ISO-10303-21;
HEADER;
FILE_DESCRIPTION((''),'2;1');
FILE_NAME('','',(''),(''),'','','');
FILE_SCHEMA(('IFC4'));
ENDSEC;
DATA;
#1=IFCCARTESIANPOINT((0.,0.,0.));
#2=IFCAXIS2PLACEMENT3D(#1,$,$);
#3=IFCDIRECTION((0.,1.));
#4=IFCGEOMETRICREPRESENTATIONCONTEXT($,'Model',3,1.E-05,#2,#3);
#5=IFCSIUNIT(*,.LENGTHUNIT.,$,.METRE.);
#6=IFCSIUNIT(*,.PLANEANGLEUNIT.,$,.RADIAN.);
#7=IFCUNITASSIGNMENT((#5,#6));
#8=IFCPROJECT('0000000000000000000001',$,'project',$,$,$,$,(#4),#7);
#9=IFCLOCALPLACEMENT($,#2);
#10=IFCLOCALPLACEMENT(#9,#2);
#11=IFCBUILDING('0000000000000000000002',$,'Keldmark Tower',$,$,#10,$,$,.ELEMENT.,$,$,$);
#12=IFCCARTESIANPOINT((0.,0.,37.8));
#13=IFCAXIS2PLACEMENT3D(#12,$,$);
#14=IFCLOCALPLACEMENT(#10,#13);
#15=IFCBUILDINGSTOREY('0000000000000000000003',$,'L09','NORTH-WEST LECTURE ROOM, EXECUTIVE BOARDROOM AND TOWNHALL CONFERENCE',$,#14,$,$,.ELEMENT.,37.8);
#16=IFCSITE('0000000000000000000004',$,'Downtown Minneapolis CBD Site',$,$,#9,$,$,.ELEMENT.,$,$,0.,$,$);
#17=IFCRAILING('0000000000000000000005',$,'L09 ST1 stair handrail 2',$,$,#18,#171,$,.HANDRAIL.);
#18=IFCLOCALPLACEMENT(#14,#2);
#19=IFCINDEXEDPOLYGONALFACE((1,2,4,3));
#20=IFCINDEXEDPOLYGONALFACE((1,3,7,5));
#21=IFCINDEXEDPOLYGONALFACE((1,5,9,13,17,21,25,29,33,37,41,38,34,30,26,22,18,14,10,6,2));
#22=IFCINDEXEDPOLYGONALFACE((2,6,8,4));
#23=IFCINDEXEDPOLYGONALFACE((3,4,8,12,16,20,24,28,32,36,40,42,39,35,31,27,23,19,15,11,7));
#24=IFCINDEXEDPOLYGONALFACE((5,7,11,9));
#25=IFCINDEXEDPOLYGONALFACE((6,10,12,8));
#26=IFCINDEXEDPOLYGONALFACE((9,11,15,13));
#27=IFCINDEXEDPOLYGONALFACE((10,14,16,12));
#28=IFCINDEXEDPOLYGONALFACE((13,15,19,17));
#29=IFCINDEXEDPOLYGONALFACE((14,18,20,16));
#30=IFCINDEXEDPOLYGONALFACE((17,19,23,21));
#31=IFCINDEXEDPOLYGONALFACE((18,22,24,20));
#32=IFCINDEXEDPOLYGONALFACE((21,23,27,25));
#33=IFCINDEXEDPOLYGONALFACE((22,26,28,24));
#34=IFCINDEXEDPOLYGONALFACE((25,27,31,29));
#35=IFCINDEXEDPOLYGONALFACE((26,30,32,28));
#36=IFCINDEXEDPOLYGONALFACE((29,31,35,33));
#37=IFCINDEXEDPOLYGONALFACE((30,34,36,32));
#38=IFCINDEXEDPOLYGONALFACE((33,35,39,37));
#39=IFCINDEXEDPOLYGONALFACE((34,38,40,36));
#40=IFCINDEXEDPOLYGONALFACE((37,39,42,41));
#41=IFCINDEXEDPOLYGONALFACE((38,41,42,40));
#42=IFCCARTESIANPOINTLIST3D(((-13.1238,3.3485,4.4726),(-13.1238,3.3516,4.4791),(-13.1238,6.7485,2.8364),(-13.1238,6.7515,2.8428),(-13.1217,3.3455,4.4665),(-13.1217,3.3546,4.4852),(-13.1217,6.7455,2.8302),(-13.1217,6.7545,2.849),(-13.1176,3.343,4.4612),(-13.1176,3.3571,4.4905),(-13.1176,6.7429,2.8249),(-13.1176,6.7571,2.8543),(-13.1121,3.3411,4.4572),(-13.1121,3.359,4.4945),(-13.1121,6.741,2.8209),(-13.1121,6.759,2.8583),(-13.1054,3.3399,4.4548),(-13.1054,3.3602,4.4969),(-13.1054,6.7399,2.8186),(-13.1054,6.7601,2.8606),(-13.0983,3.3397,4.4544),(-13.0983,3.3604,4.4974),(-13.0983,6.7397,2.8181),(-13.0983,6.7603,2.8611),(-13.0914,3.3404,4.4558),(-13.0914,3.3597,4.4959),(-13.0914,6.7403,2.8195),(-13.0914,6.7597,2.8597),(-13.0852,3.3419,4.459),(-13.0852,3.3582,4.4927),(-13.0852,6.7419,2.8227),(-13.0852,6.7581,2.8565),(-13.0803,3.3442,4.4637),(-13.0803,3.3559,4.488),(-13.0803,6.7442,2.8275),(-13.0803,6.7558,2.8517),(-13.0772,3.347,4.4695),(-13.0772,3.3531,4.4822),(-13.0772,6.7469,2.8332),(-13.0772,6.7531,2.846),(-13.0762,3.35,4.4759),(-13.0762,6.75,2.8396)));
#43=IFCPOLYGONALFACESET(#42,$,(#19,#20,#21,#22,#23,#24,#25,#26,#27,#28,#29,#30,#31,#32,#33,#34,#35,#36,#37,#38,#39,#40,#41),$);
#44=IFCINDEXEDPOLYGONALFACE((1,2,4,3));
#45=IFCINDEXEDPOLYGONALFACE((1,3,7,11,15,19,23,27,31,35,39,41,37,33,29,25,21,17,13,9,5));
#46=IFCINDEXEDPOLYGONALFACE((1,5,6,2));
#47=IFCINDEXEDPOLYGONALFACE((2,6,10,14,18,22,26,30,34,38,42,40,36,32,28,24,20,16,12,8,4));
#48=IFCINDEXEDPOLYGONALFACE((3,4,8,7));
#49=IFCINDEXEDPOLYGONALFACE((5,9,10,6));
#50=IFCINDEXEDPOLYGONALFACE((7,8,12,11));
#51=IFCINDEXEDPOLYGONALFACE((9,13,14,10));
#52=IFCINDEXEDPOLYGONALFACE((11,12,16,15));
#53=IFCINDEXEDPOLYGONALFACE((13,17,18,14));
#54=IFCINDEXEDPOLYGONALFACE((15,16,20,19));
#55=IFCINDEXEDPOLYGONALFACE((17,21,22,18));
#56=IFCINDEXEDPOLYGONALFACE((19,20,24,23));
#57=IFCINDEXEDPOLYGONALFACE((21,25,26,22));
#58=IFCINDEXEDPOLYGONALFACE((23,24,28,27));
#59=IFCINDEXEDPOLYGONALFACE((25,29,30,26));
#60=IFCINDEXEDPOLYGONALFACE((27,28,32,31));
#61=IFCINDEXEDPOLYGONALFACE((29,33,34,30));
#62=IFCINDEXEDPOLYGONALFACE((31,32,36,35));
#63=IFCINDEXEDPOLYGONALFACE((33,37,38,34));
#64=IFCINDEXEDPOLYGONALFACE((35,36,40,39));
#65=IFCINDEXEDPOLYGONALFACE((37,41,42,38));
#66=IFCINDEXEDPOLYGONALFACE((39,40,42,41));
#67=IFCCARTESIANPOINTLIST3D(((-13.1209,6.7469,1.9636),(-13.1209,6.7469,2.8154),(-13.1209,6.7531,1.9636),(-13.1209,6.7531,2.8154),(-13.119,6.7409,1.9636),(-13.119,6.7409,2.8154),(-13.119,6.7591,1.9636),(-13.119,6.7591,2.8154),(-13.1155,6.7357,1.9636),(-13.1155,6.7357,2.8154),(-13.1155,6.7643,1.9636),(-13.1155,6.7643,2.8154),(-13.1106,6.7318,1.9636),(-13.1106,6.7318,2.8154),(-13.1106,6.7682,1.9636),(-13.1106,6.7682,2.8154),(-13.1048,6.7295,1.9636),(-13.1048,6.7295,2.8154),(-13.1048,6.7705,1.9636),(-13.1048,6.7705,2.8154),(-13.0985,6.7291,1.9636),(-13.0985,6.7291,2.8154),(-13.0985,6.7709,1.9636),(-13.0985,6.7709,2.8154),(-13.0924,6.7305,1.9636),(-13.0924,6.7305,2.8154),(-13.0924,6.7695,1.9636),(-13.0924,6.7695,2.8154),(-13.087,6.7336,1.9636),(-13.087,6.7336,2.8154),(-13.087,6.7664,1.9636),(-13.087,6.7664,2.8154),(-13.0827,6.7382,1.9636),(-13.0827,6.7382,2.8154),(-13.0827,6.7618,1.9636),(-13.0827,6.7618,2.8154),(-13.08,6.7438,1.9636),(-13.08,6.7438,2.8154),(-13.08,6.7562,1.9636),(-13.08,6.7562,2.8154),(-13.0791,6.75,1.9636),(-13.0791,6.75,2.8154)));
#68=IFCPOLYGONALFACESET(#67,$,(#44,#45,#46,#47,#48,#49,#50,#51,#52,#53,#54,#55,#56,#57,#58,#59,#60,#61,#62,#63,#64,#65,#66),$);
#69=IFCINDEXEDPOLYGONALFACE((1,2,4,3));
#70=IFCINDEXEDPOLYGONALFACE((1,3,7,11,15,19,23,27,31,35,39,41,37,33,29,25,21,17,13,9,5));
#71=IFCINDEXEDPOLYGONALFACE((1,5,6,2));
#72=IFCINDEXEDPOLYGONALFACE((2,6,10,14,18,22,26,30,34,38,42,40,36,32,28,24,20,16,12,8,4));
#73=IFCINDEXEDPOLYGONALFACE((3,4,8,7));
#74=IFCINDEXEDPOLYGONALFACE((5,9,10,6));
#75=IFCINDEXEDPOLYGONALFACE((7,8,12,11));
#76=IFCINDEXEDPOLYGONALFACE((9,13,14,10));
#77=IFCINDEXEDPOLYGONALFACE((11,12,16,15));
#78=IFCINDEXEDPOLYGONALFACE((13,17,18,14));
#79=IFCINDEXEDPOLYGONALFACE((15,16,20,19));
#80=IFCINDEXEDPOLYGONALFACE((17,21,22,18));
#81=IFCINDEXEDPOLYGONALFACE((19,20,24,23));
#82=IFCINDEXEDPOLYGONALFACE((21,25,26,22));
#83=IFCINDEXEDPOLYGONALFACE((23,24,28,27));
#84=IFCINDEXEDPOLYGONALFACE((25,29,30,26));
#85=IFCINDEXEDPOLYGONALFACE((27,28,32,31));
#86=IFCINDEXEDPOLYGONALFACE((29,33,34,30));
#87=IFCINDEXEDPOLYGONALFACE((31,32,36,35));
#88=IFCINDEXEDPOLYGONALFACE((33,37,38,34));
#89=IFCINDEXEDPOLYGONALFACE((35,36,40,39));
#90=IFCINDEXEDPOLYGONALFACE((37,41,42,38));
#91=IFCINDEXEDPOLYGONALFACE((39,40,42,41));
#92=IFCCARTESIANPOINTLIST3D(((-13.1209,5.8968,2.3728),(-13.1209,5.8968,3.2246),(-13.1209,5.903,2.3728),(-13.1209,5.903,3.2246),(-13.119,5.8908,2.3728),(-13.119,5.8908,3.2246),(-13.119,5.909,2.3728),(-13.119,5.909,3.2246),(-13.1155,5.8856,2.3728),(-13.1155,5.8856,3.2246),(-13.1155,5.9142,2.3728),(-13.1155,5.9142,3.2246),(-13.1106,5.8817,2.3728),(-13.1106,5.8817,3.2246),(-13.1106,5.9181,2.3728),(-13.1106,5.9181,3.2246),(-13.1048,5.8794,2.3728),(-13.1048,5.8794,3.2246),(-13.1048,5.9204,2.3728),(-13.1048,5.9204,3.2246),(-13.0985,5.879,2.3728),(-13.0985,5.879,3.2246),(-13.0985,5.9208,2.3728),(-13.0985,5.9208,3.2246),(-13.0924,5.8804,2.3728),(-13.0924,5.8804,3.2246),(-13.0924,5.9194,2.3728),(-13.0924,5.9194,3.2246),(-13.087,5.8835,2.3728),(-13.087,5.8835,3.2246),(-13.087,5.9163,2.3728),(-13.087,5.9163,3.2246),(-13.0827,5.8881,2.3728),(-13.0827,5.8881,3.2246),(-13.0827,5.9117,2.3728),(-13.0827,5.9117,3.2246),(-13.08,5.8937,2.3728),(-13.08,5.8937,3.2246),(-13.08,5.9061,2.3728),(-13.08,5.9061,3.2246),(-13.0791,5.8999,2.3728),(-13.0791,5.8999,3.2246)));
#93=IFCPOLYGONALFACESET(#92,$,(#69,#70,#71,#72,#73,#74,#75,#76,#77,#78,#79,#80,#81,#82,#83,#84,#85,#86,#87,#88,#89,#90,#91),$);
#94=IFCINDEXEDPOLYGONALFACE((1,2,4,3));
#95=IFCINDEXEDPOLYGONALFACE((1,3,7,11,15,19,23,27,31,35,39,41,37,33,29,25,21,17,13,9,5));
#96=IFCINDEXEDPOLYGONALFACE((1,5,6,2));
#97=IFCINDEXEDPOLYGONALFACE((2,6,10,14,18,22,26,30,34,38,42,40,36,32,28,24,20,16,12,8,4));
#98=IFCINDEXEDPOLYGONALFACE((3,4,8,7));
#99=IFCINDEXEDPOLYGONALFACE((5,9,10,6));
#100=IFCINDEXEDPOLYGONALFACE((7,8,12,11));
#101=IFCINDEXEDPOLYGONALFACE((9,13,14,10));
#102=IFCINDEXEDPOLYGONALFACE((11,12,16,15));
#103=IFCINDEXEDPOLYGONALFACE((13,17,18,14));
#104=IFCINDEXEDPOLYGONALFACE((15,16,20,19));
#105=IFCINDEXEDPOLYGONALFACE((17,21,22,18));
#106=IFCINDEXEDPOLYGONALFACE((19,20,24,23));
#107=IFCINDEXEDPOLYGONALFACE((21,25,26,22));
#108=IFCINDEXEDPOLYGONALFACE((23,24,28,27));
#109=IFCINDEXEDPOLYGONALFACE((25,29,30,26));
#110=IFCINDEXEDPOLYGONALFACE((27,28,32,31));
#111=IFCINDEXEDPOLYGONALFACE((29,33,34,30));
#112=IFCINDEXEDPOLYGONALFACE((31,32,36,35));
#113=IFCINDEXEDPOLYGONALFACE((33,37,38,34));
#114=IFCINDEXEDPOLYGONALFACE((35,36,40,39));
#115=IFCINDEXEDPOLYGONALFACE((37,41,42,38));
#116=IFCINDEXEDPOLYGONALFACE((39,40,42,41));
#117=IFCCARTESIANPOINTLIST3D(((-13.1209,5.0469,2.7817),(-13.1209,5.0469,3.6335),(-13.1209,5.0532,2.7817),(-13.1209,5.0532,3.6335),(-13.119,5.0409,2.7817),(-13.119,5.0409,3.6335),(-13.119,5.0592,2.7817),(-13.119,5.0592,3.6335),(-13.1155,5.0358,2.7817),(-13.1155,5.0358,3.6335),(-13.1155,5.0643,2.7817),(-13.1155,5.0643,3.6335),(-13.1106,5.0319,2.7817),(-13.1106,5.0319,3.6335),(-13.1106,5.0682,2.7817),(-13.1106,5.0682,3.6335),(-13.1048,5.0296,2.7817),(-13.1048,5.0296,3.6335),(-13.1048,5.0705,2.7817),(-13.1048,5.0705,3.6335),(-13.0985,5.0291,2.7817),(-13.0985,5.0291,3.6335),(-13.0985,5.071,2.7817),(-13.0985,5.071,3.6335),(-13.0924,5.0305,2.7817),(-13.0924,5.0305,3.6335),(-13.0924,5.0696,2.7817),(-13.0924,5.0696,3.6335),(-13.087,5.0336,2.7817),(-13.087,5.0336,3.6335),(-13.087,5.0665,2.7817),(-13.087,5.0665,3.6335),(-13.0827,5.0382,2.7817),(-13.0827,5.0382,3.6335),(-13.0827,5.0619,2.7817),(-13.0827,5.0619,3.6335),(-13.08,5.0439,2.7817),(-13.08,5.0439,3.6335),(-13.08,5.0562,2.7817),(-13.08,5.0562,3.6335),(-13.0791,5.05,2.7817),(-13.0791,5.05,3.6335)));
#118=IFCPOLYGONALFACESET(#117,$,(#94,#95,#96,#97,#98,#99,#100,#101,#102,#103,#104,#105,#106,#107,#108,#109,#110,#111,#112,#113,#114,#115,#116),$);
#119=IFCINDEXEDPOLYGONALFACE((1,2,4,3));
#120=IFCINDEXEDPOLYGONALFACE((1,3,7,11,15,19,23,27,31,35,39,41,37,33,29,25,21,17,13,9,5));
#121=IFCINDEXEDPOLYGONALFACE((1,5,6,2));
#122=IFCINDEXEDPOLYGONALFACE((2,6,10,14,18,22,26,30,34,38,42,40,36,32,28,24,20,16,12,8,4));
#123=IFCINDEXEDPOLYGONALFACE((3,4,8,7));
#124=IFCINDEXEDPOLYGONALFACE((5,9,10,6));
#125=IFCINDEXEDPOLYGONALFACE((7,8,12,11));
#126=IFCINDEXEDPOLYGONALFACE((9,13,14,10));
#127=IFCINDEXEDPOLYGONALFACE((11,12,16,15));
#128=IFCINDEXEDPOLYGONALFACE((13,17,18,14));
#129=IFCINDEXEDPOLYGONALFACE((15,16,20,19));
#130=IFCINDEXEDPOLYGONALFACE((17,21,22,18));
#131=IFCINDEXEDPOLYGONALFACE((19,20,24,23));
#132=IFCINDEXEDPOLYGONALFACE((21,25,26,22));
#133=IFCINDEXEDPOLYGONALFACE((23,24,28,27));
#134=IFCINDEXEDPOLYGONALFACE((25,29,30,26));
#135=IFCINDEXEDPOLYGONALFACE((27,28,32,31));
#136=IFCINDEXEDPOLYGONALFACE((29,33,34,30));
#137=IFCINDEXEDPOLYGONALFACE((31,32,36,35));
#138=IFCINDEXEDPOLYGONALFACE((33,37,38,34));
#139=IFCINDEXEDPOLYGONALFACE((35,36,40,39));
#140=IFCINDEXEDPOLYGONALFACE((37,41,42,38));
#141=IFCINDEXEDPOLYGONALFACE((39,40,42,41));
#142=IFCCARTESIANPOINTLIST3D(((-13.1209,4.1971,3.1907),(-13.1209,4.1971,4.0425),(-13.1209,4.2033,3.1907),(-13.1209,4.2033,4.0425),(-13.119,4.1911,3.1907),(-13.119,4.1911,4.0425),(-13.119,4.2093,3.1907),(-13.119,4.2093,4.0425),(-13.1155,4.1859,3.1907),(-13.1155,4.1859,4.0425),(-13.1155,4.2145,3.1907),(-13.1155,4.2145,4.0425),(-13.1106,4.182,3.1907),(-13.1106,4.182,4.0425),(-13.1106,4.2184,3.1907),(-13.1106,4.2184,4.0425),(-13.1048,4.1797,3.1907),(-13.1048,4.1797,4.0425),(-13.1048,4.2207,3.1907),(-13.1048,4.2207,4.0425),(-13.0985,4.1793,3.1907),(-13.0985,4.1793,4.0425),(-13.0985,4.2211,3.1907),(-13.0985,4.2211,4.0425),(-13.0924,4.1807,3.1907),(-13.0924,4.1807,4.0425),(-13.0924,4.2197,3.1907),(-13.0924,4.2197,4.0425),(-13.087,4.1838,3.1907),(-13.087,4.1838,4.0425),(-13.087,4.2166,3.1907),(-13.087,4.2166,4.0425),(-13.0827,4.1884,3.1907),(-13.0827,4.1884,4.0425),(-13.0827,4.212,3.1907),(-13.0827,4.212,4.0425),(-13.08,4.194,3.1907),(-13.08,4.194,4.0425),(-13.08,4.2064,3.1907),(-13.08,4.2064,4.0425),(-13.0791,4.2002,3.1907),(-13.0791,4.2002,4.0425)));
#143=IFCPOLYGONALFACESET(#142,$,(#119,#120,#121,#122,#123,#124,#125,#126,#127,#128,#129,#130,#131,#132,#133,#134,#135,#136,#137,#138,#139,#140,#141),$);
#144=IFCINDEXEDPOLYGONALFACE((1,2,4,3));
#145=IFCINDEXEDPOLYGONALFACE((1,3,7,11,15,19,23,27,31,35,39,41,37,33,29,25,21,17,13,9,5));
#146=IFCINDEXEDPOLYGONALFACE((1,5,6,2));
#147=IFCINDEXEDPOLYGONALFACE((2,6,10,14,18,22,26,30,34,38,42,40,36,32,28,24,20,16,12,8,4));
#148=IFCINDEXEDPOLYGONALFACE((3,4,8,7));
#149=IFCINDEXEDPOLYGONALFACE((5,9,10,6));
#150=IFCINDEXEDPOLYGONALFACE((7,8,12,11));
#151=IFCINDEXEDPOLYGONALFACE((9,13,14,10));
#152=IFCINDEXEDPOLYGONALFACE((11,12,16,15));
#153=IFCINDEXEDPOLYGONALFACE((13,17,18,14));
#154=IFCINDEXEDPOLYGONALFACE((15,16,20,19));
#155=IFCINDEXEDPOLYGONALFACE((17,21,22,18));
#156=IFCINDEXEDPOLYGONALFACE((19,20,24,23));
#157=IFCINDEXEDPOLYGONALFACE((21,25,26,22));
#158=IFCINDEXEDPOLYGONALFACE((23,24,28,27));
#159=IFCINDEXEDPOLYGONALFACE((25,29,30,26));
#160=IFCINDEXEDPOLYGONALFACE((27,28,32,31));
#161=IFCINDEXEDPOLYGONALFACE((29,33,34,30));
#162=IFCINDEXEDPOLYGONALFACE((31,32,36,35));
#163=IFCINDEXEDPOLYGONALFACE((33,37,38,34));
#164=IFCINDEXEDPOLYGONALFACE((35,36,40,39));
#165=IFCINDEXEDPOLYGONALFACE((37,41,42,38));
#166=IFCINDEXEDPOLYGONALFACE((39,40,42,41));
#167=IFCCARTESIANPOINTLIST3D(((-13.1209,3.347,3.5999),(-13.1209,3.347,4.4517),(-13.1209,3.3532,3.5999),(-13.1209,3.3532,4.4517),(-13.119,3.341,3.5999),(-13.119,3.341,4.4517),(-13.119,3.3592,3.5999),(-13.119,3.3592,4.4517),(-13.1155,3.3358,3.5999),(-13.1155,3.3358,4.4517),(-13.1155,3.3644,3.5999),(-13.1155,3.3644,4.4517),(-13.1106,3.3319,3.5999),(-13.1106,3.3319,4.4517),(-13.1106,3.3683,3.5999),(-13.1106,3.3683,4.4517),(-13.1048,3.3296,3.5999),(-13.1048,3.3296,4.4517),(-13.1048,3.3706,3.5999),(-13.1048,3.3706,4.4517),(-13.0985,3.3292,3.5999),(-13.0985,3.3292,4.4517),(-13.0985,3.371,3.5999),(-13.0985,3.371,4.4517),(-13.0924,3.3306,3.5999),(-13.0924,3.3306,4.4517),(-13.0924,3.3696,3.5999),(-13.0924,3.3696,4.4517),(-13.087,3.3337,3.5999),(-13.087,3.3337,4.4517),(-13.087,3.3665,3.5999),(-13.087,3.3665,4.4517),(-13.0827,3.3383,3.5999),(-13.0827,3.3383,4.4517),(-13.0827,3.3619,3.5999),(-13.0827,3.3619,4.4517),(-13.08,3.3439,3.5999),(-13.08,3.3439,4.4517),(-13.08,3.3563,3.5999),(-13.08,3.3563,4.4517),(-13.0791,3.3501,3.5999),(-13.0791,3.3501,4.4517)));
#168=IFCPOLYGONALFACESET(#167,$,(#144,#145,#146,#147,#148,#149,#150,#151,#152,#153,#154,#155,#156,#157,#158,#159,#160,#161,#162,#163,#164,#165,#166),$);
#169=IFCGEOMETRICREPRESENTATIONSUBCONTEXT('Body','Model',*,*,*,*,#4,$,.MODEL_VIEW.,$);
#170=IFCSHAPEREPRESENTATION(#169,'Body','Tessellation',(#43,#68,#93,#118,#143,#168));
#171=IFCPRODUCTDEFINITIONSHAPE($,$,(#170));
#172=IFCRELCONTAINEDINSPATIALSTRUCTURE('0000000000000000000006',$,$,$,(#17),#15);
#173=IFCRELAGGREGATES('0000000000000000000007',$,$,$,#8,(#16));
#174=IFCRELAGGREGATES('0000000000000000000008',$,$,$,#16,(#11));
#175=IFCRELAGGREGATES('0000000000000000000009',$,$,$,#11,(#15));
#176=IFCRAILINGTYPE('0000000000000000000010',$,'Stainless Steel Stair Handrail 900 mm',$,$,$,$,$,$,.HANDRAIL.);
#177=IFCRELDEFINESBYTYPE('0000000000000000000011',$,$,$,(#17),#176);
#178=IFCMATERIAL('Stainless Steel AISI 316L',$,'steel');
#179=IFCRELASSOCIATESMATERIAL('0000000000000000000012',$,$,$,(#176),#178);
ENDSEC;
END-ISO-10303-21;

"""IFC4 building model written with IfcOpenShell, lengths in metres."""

from ifc_helpers import new_model, si_unit, direction, frame, origin, origin_2d, place, context, subcontext, project, spatial, circle, extrude, material, type_object, element, save


model = new_model("IFC4")

# Units and contexts
model_context = context("Model", 3, precision=1e-05, world=origin(), true_north=direction((0.0, 1.0)))
body_context = subcontext(model_context, "Body", "Model", "MODEL_VIEW")
ifc_project = project(units=[si_unit("LENGTHUNIT", "METRE"), si_unit("PLANEANGLEUNIT", "RADIAN")], contexts=[model_context])

# Site, building, storey
site_placement = place(None, origin())
site = spatial("IfcSite", under=ifc_project, at=site_placement, Name="Downtown Minneapolis CBD Site", CompositionType="ELEMENT", RefElevation=0.0)
building_placement = place(site_placement, origin())
building = spatial("IfcBuilding", under=site, at=building_placement, Name="Keldmark Tower", CompositionType="ELEMENT")
storey_placement = place(building_placement, frame((0.0, 0.0, 37.8)))
storey = spatial("IfcBuildingStorey", under=building, at=storey_placement, Name="L09", Description="NORTH-WEST LECTURE ROOM, EXECUTIVE BOARDROOM AND TOWNHALL CONFERENCE", CompositionType="ELEMENT", Elevation=37.8)

# Railing
ifc_material_1 = material(Name="Stainless Steel AISI 316L", Category="steel")
railing_type_1 = type_object("IfcRailingType", Name="Stainless Steel Stair Handrail 900 mm", PredefinedType="HANDRAIL", material=ifc_material_1)
railing_1_placement = place(storey_placement, frame((-13.1001, 6.75, 1.9636)))
element("IfcRailing", 1, at=railing_1_placement, inside=storey, type_object=railing_type_1, Name="L09 ST1 stair handrail 2", PredefinedType="HANDRAIL", context=body_context, shape_type="SweptSolid", body=[
    extrude(circle(Radius=0.0239, at=origin_2d()), frame((0.0, 0.0, 0.876), z_axis=(0.0, -0.90108, 0.433652), x_axis=(1.0, 0.0, 0.0)), (0.0, 0.0, 1.0), 3.7732),
    extrude(circle(Radius=0.021, at=origin_2d()), origin(), (0.0, 0.0, 1.0), 0.8518),
    extrude(circle(Radius=0.021, at=origin_2d()), frame((0.0, -0.8501, 0.4092)), (0.0, 0.0, 1.0), 0.8518),
    extrude(circle(Radius=0.021, at=origin_2d()), frame((0.0, -1.7, 0.8181)), (0.0, 0.0, 1.0), 0.8518),
    extrude(circle(Radius=0.021, at=origin_2d()), frame((0.0, -2.5498, 1.2271)), (0.0, 0.0, 1.0), 0.8518),
    extrude(circle(Radius=0.021, at=origin_2d()), frame((0.0, -3.3999, 1.6362)), (0.0, 0.0, 1.0), 0.8518),
])

save(model, "model.ifc")
